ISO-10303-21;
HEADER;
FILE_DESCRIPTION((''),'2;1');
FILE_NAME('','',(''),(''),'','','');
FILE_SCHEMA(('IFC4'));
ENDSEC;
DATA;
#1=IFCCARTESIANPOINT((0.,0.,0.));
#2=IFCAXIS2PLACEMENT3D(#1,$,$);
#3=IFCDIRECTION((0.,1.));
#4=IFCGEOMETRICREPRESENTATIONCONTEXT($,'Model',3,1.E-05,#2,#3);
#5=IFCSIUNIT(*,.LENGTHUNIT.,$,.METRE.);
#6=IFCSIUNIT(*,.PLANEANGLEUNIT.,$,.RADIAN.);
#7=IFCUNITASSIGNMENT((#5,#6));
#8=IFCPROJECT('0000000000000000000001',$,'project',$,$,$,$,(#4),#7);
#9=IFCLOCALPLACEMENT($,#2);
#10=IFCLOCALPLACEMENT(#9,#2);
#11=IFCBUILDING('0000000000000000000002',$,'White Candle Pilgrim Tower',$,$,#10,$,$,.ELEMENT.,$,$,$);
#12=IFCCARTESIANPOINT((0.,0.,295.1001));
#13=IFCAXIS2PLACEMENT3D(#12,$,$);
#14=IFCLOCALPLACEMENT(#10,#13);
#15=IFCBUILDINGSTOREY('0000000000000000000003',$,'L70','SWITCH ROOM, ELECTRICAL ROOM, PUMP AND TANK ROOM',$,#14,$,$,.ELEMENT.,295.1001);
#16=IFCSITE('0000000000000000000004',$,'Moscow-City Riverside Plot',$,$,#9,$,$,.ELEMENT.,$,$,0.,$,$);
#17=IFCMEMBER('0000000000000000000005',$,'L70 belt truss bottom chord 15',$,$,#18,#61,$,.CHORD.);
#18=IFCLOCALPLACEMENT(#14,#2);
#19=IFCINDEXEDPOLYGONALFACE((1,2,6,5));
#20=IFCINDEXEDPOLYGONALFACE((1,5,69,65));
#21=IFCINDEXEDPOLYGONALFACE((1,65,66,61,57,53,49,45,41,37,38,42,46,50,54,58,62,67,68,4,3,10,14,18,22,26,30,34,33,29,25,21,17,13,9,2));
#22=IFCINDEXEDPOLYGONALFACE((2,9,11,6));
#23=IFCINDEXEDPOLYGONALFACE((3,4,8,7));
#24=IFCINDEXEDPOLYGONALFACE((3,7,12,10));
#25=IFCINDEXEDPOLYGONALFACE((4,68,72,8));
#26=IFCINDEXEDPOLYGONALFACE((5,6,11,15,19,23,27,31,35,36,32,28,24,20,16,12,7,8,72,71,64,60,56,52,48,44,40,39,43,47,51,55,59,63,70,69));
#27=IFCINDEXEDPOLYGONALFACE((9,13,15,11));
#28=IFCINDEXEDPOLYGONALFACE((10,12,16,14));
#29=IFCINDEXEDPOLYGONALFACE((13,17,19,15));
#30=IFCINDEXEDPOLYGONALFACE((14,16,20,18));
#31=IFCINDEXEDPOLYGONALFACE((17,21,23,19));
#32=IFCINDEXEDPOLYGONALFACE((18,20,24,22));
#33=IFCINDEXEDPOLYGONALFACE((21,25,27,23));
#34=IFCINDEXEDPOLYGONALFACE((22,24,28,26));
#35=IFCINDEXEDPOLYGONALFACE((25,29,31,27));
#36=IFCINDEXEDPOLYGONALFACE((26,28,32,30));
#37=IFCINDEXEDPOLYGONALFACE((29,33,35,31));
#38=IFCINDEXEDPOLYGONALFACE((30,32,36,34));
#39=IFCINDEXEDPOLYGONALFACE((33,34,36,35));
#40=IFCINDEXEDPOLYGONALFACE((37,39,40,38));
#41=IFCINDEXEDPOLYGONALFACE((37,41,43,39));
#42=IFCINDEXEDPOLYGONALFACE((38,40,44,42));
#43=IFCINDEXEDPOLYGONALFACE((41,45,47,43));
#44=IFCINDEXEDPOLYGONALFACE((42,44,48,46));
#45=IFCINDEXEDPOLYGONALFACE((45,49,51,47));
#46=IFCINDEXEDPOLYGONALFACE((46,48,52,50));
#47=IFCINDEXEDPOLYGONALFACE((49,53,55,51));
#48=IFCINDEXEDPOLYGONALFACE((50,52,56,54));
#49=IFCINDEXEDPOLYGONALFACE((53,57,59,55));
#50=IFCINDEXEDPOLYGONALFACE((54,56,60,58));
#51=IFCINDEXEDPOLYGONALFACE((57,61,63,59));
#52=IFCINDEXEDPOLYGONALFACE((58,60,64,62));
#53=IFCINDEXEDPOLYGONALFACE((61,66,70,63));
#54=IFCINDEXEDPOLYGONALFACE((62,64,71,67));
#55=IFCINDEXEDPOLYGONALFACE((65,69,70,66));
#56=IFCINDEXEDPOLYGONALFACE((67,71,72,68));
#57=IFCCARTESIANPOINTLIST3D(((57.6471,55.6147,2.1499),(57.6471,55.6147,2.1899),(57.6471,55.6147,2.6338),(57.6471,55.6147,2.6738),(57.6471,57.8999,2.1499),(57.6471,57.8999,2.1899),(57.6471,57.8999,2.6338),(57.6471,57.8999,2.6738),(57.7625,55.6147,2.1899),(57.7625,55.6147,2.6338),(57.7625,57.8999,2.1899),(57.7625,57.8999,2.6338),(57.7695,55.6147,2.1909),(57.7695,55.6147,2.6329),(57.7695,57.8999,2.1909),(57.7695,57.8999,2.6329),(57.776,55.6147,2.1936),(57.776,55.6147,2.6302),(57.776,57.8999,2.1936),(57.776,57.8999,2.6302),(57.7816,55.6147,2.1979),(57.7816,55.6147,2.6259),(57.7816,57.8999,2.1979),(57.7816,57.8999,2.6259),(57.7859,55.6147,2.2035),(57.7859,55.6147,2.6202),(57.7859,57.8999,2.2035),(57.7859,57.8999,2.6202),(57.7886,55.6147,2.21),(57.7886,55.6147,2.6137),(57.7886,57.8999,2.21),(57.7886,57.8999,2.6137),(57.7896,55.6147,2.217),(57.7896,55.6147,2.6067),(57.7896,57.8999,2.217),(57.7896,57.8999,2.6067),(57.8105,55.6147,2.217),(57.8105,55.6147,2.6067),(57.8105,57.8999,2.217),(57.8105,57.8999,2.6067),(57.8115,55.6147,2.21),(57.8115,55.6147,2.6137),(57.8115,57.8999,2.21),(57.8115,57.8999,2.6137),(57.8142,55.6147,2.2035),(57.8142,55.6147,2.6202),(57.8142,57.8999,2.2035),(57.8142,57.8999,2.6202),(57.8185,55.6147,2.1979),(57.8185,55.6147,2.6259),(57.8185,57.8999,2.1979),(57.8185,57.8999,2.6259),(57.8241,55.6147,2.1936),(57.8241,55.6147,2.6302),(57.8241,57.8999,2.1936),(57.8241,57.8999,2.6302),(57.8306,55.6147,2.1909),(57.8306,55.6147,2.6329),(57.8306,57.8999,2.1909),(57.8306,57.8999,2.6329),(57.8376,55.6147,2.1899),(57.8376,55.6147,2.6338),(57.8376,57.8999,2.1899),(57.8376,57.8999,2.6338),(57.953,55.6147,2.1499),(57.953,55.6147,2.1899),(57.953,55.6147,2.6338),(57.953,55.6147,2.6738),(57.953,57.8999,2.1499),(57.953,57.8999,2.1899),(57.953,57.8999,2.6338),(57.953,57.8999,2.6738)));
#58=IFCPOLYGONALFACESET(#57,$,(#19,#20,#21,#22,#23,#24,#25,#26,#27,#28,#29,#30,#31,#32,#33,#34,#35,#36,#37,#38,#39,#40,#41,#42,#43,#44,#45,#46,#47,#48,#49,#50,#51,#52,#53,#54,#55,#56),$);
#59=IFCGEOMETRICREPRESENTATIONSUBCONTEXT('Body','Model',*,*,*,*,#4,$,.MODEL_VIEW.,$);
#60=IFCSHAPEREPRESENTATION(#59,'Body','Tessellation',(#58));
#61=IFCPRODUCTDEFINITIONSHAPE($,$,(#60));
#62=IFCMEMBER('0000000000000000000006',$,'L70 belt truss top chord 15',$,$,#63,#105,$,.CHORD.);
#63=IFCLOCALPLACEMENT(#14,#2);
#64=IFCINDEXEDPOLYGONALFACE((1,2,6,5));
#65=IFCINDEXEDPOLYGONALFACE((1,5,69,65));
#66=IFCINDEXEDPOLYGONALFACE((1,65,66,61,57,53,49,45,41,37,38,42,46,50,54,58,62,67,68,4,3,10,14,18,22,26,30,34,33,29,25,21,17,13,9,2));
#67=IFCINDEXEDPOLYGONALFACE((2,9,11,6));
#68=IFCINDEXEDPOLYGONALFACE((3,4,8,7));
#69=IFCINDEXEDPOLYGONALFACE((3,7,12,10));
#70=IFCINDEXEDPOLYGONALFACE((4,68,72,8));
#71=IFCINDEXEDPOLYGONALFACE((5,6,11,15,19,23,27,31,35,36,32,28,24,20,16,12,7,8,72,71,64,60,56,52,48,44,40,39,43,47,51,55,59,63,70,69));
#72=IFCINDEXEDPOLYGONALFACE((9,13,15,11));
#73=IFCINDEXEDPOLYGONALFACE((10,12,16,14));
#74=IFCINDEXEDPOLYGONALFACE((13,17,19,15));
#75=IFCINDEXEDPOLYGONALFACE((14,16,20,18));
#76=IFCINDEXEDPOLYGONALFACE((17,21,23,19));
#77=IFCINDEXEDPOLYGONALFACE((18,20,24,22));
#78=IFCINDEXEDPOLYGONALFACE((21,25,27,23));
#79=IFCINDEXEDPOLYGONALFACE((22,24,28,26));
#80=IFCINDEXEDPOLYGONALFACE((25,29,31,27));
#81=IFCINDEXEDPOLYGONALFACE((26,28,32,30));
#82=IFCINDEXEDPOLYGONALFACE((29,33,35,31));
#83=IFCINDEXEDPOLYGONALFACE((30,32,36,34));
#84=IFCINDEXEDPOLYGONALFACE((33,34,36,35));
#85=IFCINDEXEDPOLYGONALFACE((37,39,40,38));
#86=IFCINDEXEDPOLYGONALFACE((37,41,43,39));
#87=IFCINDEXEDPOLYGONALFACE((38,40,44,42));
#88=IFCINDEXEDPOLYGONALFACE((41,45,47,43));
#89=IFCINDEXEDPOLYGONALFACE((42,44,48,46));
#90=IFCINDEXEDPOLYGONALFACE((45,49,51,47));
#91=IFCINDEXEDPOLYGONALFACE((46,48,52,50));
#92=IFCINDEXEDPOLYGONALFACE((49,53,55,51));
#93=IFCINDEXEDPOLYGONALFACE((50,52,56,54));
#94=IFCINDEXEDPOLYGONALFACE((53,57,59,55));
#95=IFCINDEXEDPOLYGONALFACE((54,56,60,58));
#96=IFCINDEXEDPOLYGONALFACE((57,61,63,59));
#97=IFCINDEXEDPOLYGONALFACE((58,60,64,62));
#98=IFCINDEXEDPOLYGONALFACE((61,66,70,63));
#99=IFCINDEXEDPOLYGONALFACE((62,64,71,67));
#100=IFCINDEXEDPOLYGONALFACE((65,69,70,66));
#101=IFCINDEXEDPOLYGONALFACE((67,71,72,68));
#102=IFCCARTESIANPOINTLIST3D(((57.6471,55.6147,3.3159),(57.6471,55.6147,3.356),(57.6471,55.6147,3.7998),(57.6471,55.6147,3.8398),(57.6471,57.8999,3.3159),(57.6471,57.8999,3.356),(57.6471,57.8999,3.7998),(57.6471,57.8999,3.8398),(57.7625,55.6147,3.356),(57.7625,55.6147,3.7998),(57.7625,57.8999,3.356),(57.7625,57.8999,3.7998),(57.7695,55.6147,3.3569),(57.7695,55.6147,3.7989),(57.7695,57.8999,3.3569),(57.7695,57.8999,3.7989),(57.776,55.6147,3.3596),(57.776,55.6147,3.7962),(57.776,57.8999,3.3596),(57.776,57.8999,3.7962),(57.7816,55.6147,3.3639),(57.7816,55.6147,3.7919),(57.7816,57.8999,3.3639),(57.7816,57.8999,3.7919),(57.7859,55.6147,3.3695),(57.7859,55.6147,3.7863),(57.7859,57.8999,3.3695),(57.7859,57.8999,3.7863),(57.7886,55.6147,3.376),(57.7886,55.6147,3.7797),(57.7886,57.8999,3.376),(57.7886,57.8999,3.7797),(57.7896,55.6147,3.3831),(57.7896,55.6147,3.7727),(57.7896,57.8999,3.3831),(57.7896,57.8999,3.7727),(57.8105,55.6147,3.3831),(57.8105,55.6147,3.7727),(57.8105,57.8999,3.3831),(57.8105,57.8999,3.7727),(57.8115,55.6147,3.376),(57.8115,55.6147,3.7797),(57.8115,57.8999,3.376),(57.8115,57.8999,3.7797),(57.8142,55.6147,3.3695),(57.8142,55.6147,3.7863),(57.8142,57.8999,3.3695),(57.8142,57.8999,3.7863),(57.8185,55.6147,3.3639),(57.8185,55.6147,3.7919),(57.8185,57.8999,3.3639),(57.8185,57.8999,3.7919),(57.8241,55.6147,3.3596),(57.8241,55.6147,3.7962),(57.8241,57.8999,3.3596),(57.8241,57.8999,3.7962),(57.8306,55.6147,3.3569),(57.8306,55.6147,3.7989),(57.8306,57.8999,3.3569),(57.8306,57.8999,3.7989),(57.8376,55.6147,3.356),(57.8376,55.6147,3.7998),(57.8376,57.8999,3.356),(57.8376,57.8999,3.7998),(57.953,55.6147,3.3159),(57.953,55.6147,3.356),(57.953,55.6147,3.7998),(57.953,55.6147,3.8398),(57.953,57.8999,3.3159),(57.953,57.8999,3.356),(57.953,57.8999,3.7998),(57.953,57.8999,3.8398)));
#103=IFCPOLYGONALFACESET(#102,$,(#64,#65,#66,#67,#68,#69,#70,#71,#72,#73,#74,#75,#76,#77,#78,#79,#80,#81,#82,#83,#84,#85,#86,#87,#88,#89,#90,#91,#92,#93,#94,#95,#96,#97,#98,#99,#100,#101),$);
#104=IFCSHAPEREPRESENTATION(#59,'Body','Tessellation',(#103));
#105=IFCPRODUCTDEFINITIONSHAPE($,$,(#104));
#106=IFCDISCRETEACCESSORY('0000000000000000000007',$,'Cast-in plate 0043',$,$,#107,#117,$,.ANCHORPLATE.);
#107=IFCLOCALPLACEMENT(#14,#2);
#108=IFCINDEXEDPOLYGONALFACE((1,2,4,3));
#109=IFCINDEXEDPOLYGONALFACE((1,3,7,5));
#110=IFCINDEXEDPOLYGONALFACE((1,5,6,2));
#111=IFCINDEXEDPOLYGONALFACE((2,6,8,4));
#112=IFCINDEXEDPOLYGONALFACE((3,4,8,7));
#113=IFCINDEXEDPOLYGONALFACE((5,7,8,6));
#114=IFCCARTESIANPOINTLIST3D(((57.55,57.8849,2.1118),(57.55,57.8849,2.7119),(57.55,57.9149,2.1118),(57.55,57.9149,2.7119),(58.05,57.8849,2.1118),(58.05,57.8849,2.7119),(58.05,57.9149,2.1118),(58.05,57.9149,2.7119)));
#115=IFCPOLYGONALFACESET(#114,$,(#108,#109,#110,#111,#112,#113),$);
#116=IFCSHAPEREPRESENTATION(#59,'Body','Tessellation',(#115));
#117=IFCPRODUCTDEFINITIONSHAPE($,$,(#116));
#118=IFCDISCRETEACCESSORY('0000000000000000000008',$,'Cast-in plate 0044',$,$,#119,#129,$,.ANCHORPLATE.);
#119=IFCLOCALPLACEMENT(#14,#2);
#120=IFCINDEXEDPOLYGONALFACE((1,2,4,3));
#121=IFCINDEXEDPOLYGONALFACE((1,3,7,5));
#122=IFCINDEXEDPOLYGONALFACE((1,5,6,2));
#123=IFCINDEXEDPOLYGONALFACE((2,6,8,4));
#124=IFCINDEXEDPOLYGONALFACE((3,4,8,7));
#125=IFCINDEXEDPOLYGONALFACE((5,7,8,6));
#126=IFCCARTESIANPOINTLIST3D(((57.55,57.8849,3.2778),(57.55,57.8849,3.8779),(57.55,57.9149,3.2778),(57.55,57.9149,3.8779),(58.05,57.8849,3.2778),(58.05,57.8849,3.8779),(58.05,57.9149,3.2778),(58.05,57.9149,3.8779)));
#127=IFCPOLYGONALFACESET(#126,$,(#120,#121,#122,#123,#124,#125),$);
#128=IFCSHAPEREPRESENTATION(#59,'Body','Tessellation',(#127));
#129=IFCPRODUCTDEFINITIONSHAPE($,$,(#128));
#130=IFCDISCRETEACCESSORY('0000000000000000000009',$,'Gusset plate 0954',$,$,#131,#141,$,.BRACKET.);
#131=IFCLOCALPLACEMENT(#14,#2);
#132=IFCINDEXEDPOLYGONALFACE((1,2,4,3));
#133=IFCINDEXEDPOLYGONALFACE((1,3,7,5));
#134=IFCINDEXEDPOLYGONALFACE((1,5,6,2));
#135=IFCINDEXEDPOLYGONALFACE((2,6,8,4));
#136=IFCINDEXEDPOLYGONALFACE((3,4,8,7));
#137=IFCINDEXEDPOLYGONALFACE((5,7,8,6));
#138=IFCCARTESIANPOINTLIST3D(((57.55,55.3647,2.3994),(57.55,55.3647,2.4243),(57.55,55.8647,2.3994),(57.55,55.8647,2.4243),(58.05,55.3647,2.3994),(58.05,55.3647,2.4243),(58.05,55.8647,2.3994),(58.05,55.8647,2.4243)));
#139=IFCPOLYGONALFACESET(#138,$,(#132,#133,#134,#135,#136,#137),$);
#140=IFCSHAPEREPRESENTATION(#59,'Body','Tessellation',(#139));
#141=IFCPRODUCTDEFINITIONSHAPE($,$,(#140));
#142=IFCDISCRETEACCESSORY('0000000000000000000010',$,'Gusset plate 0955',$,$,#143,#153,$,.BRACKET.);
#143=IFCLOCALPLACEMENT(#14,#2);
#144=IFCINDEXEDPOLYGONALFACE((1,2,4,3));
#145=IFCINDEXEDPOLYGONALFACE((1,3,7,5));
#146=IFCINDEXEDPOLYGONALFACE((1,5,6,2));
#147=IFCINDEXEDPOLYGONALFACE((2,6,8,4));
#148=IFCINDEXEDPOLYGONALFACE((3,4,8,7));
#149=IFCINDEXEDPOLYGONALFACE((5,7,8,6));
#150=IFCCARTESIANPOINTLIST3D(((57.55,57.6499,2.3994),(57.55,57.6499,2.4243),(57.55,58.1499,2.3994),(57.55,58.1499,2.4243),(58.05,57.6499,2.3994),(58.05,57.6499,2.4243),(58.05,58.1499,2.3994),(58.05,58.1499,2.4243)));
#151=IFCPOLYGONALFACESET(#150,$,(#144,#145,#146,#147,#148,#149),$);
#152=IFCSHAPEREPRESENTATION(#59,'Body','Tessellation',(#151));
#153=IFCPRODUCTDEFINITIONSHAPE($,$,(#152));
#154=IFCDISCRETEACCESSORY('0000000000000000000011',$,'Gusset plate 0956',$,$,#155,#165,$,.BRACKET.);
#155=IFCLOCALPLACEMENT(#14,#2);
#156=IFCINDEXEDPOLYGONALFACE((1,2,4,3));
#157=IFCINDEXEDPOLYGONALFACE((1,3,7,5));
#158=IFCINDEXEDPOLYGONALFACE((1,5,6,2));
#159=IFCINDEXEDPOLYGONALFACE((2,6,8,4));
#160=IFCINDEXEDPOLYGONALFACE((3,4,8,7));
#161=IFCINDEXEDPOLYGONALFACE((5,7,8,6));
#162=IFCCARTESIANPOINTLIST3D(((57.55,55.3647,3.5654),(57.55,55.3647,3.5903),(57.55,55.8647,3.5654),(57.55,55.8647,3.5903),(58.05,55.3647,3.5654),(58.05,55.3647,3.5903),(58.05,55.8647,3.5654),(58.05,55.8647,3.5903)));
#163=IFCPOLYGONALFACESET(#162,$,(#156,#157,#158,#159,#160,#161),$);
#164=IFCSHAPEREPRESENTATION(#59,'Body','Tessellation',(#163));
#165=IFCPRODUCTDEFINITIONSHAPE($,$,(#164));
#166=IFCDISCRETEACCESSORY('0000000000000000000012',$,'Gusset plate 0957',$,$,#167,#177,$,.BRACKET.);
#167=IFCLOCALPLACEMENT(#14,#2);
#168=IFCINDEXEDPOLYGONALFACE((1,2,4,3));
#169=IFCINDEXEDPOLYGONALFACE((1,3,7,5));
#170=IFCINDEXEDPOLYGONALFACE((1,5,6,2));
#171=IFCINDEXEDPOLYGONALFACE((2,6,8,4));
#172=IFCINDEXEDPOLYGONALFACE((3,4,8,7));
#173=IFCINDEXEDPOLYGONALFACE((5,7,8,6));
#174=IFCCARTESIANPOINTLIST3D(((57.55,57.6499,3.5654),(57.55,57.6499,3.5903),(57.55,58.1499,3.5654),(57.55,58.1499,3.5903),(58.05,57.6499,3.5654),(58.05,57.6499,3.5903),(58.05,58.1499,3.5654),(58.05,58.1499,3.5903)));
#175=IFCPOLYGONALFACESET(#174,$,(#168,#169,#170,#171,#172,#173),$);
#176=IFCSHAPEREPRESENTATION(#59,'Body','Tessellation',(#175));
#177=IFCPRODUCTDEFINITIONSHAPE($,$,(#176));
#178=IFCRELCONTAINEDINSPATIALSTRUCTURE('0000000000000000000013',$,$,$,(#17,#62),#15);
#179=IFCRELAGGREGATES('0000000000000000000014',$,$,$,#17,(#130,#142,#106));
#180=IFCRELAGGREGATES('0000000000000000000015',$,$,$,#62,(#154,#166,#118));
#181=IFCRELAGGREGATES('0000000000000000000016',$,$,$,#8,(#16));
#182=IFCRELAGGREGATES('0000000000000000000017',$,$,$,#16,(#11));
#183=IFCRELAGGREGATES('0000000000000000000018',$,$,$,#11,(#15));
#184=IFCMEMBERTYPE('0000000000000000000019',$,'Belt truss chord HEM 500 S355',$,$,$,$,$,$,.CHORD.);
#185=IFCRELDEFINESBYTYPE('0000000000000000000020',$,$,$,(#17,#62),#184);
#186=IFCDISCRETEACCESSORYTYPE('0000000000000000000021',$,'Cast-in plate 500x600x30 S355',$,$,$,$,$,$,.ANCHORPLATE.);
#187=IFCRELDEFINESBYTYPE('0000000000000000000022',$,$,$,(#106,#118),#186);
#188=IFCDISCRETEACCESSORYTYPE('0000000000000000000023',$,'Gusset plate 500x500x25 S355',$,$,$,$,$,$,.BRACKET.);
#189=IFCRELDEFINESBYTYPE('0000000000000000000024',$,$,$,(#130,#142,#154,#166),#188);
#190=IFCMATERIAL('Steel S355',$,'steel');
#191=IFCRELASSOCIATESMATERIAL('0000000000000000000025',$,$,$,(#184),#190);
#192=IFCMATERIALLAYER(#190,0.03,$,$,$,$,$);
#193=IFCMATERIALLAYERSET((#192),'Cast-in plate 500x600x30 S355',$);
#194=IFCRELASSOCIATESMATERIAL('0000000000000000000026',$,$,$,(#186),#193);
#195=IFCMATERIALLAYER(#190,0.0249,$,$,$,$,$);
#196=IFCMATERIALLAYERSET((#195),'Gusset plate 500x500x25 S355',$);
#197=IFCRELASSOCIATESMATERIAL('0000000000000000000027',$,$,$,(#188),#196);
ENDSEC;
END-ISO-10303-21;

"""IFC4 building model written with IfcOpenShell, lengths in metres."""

from ifc_helpers import new_model, si_unit, direction, frame, origin, origin_2d, place, context, subcontext, project, spatial, rectangle, i_section, extrude, material, layer, layer_set, material_profile, profile_set, type_object, element, aggregate, save


model = new_model("IFC4")

# Units and contexts
model_context = context("Model", 3, precision=1e-05, world=origin(), true_north=direction((0.0, 1.0)))
body_context = subcontext(model_context, "Body", "Model", "MODEL_VIEW")
ifc_project = project(units=[si_unit("LENGTHUNIT", "METRE"), si_unit("PLANEANGLEUNIT", "RADIAN")], contexts=[model_context])

# Site, building, storey
site_placement = place(None, origin())
site = spatial("IfcSite", under=ifc_project, at=site_placement, Name="Moscow-City Riverside Plot", CompositionType="ELEMENT", RefElevation=0.0)
building_placement = place(site_placement, origin())
building = spatial("IfcBuilding", under=site, at=building_placement, Name="White Candle Pilgrim Tower", CompositionType="ELEMENT")
storey_placement = place(building_placement, frame((0.0, 0.0, 295.1001)))
storey = spatial("IfcBuildingStorey", under=building, at=storey_placement, Name="L70", Description="SWITCH ROOM, ELECTRICAL ROOM, PUMP AND TANK ROOM", CompositionType="ELEMENT", Elevation=295.1001)

# Members
ifc_material_1 = material(Name="Steel S355", Category="steel")
ifc_material_profile_1 = material_profile(ifc_material_1, i_section(OverallWidth=0.3059, OverallDepth=0.5239, WebThickness=0.021, FlangeThickness=0.04, FilletRadius=0.0271, at=origin_2d()), Name="HEM 500")
ifc_profile_set_1 = profile_set([ifc_material_profile_1], Name="Steel S355")
member_type_1 = type_object("IfcMemberType", Name="Belt truss chord HEM 500 S355", PredefinedType="CHORD", material=ifc_profile_set_1)
member_1_placement = place(storey_placement, frame((57.8, 55.6147, 2.4119), z_axis=(0.0, 1.0, 0.0), x_axis=(1.0, 0.0, 0.0)))
member_1 = element("IfcMember", 1, at=member_1_placement, inside=storey, type_object=member_type_1, Name="L70 belt truss bottom chord 15", PredefinedType="CHORD", context=body_context, shape_type="SweptSolid", body=[
    extrude(i_section(OverallWidth=0.3059, OverallDepth=0.5239, WebThickness=0.021, FlangeThickness=0.04, FilletRadius=0.0271, at=origin_2d()), origin(), (0.0, 0.0, 1.0), 2.2852),
])
member_2_placement = place(storey_placement, frame((57.8, 55.6147, 3.5779), z_axis=(0.0, 1.0, 0.0), x_axis=(1.0, 0.0, 0.0)))
member_2 = element("IfcMember", 2, at=member_2_placement, inside=storey, type_object=member_type_1, Name="L70 belt truss top chord 15", PredefinedType="CHORD", context=body_context, shape_type="SweptSolid", body=[
    extrude(i_section(OverallWidth=0.3059, OverallDepth=0.5239, WebThickness=0.021, FlangeThickness=0.04, FilletRadius=0.0271, at=origin_2d()), origin(), (0.0, 0.0, 1.0), 2.2852),
])

# Discrete accessories
ifc_layer_1 = layer(ifc_material_1, 0.03)
ifc_layer_set_1 = layer_set([ifc_layer_1], Name="Cast-in plate 500x600x30 S355")
discrete_accessory_type_1 = type_object("IfcDiscreteAccessoryType", Name="Cast-in plate 500x600x30 S355", PredefinedType="ANCHORPLATE", material=ifc_layer_set_1)
discrete_accessory_1_placement = place(storey_placement, frame((57.8, 57.8999, 2.1118), z_axis=(0.0, 0.0, 1.0), x_axis=(0.0, -1.0, 0.0)))
discrete_accessory_1 = element("IfcDiscreteAccessory", 3, at=discrete_accessory_1_placement, type_object=discrete_accessory_type_1, Name="Cast-in plate 0043", PredefinedType="ANCHORPLATE", context=body_context, shape_type="SweptSolid", body=[
    extrude(rectangle(XDim=0.03, YDim=0.5, at=origin_2d()), origin(), (0.0, 0.0, 1.0), 0.6001),
])
discrete_accessory_2_placement = place(storey_placement, frame((57.8, 57.8999, 3.2778), z_axis=(0.0, 0.0, 1.0), x_axis=(0.0, -1.0, 0.0)))
discrete_accessory_2 = element("IfcDiscreteAccessory", 4, at=discrete_accessory_2_placement, type_object=discrete_accessory_type_1, Name="Cast-in plate 0044", PredefinedType="ANCHORPLATE", context=body_context, shape_type="SweptSolid", body=[
    extrude(rectangle(XDim=0.03, YDim=0.5, at=origin_2d()), origin(), (0.0, 0.0, 1.0), 0.6001),
])
ifc_layer_2 = layer(ifc_material_1, 0.0249)
ifc_layer_set_2 = layer_set([ifc_layer_2], Name="Gusset plate 500x500x25 S355")
discrete_accessory_type_2 = type_object("IfcDiscreteAccessoryType", Name="Gusset plate 500x500x25 S355", PredefinedType="BRACKET", material=ifc_layer_set_2)
discrete_accessory_3_placement = place(storey_placement, frame((57.8, 55.6147, 2.3994), z_axis=(0.0, 0.0, 1.0), x_axis=(1.0, 0.0, 0.0)))
discrete_accessory_3 = element("IfcDiscreteAccessory", 5, at=discrete_accessory_3_placement, type_object=discrete_accessory_type_2, Name="Gusset plate 0954", PredefinedType="BRACKET", context=body_context, shape_type="SweptSolid", body=[
    extrude(rectangle(XDim=0.5, YDim=0.5, at=origin_2d()), origin(), (0.0, 0.0, 1.0), 0.0249),
])
discrete_accessory_4_placement = place(storey_placement, frame((57.8, 57.8999, 2.3994), z_axis=(0.0, 0.0, 1.0), x_axis=(1.0, 0.0, 0.0)))
discrete_accessory_4 = element("IfcDiscreteAccessory", 6, at=discrete_accessory_4_placement, type_object=discrete_accessory_type_2, Name="Gusset plate 0955", PredefinedType="BRACKET", context=body_context, shape_type="SweptSolid", body=[
    extrude(rectangle(XDim=0.5, YDim=0.5, at=origin_2d()), origin(), (0.0, 0.0, 1.0), 0.0249),
])
aggregate(member_1, [discrete_accessory_3, discrete_accessory_4, discrete_accessory_1])
discrete_accessory_5_placement = place(storey_placement, frame((57.8, 55.6147, 3.5654), z_axis=(0.0, 0.0, 1.0), x_axis=(1.0, 0.0, 0.0)))
discrete_accessory_5 = element("IfcDiscreteAccessory", 7, at=discrete_accessory_5_placement, type_object=discrete_accessory_type_2, Name="Gusset plate 0956", PredefinedType="BRACKET", context=body_context, shape_type="SweptSolid", body=[
    extrude(rectangle(XDim=0.5, YDim=0.5, at=origin_2d()), origin(), (0.0, 0.0, 1.0), 0.0249),
])
discrete_accessory_6_placement = place(storey_placement, frame((57.8, 57.8999, 3.5654), z_axis=(0.0, 0.0, 1.0), x_axis=(1.0, 0.0, 0.0)))
discrete_accessory_6 = element("IfcDiscreteAccessory", 8, at=discrete_accessory_6_placement, type_object=discrete_accessory_type_2, Name="Gusset plate 0957", PredefinedType="BRACKET", context=body_context, shape_type="SweptSolid", body=[
    extrude(rectangle(XDim=0.5, YDim=0.5, at=origin_2d()), origin(), (0.0, 0.0, 1.0), 0.0249),
])
aggregate(member_2, [discrete_accessory_5, discrete_accessory_6, discrete_accessory_2])

save(model, "model.ifc")
